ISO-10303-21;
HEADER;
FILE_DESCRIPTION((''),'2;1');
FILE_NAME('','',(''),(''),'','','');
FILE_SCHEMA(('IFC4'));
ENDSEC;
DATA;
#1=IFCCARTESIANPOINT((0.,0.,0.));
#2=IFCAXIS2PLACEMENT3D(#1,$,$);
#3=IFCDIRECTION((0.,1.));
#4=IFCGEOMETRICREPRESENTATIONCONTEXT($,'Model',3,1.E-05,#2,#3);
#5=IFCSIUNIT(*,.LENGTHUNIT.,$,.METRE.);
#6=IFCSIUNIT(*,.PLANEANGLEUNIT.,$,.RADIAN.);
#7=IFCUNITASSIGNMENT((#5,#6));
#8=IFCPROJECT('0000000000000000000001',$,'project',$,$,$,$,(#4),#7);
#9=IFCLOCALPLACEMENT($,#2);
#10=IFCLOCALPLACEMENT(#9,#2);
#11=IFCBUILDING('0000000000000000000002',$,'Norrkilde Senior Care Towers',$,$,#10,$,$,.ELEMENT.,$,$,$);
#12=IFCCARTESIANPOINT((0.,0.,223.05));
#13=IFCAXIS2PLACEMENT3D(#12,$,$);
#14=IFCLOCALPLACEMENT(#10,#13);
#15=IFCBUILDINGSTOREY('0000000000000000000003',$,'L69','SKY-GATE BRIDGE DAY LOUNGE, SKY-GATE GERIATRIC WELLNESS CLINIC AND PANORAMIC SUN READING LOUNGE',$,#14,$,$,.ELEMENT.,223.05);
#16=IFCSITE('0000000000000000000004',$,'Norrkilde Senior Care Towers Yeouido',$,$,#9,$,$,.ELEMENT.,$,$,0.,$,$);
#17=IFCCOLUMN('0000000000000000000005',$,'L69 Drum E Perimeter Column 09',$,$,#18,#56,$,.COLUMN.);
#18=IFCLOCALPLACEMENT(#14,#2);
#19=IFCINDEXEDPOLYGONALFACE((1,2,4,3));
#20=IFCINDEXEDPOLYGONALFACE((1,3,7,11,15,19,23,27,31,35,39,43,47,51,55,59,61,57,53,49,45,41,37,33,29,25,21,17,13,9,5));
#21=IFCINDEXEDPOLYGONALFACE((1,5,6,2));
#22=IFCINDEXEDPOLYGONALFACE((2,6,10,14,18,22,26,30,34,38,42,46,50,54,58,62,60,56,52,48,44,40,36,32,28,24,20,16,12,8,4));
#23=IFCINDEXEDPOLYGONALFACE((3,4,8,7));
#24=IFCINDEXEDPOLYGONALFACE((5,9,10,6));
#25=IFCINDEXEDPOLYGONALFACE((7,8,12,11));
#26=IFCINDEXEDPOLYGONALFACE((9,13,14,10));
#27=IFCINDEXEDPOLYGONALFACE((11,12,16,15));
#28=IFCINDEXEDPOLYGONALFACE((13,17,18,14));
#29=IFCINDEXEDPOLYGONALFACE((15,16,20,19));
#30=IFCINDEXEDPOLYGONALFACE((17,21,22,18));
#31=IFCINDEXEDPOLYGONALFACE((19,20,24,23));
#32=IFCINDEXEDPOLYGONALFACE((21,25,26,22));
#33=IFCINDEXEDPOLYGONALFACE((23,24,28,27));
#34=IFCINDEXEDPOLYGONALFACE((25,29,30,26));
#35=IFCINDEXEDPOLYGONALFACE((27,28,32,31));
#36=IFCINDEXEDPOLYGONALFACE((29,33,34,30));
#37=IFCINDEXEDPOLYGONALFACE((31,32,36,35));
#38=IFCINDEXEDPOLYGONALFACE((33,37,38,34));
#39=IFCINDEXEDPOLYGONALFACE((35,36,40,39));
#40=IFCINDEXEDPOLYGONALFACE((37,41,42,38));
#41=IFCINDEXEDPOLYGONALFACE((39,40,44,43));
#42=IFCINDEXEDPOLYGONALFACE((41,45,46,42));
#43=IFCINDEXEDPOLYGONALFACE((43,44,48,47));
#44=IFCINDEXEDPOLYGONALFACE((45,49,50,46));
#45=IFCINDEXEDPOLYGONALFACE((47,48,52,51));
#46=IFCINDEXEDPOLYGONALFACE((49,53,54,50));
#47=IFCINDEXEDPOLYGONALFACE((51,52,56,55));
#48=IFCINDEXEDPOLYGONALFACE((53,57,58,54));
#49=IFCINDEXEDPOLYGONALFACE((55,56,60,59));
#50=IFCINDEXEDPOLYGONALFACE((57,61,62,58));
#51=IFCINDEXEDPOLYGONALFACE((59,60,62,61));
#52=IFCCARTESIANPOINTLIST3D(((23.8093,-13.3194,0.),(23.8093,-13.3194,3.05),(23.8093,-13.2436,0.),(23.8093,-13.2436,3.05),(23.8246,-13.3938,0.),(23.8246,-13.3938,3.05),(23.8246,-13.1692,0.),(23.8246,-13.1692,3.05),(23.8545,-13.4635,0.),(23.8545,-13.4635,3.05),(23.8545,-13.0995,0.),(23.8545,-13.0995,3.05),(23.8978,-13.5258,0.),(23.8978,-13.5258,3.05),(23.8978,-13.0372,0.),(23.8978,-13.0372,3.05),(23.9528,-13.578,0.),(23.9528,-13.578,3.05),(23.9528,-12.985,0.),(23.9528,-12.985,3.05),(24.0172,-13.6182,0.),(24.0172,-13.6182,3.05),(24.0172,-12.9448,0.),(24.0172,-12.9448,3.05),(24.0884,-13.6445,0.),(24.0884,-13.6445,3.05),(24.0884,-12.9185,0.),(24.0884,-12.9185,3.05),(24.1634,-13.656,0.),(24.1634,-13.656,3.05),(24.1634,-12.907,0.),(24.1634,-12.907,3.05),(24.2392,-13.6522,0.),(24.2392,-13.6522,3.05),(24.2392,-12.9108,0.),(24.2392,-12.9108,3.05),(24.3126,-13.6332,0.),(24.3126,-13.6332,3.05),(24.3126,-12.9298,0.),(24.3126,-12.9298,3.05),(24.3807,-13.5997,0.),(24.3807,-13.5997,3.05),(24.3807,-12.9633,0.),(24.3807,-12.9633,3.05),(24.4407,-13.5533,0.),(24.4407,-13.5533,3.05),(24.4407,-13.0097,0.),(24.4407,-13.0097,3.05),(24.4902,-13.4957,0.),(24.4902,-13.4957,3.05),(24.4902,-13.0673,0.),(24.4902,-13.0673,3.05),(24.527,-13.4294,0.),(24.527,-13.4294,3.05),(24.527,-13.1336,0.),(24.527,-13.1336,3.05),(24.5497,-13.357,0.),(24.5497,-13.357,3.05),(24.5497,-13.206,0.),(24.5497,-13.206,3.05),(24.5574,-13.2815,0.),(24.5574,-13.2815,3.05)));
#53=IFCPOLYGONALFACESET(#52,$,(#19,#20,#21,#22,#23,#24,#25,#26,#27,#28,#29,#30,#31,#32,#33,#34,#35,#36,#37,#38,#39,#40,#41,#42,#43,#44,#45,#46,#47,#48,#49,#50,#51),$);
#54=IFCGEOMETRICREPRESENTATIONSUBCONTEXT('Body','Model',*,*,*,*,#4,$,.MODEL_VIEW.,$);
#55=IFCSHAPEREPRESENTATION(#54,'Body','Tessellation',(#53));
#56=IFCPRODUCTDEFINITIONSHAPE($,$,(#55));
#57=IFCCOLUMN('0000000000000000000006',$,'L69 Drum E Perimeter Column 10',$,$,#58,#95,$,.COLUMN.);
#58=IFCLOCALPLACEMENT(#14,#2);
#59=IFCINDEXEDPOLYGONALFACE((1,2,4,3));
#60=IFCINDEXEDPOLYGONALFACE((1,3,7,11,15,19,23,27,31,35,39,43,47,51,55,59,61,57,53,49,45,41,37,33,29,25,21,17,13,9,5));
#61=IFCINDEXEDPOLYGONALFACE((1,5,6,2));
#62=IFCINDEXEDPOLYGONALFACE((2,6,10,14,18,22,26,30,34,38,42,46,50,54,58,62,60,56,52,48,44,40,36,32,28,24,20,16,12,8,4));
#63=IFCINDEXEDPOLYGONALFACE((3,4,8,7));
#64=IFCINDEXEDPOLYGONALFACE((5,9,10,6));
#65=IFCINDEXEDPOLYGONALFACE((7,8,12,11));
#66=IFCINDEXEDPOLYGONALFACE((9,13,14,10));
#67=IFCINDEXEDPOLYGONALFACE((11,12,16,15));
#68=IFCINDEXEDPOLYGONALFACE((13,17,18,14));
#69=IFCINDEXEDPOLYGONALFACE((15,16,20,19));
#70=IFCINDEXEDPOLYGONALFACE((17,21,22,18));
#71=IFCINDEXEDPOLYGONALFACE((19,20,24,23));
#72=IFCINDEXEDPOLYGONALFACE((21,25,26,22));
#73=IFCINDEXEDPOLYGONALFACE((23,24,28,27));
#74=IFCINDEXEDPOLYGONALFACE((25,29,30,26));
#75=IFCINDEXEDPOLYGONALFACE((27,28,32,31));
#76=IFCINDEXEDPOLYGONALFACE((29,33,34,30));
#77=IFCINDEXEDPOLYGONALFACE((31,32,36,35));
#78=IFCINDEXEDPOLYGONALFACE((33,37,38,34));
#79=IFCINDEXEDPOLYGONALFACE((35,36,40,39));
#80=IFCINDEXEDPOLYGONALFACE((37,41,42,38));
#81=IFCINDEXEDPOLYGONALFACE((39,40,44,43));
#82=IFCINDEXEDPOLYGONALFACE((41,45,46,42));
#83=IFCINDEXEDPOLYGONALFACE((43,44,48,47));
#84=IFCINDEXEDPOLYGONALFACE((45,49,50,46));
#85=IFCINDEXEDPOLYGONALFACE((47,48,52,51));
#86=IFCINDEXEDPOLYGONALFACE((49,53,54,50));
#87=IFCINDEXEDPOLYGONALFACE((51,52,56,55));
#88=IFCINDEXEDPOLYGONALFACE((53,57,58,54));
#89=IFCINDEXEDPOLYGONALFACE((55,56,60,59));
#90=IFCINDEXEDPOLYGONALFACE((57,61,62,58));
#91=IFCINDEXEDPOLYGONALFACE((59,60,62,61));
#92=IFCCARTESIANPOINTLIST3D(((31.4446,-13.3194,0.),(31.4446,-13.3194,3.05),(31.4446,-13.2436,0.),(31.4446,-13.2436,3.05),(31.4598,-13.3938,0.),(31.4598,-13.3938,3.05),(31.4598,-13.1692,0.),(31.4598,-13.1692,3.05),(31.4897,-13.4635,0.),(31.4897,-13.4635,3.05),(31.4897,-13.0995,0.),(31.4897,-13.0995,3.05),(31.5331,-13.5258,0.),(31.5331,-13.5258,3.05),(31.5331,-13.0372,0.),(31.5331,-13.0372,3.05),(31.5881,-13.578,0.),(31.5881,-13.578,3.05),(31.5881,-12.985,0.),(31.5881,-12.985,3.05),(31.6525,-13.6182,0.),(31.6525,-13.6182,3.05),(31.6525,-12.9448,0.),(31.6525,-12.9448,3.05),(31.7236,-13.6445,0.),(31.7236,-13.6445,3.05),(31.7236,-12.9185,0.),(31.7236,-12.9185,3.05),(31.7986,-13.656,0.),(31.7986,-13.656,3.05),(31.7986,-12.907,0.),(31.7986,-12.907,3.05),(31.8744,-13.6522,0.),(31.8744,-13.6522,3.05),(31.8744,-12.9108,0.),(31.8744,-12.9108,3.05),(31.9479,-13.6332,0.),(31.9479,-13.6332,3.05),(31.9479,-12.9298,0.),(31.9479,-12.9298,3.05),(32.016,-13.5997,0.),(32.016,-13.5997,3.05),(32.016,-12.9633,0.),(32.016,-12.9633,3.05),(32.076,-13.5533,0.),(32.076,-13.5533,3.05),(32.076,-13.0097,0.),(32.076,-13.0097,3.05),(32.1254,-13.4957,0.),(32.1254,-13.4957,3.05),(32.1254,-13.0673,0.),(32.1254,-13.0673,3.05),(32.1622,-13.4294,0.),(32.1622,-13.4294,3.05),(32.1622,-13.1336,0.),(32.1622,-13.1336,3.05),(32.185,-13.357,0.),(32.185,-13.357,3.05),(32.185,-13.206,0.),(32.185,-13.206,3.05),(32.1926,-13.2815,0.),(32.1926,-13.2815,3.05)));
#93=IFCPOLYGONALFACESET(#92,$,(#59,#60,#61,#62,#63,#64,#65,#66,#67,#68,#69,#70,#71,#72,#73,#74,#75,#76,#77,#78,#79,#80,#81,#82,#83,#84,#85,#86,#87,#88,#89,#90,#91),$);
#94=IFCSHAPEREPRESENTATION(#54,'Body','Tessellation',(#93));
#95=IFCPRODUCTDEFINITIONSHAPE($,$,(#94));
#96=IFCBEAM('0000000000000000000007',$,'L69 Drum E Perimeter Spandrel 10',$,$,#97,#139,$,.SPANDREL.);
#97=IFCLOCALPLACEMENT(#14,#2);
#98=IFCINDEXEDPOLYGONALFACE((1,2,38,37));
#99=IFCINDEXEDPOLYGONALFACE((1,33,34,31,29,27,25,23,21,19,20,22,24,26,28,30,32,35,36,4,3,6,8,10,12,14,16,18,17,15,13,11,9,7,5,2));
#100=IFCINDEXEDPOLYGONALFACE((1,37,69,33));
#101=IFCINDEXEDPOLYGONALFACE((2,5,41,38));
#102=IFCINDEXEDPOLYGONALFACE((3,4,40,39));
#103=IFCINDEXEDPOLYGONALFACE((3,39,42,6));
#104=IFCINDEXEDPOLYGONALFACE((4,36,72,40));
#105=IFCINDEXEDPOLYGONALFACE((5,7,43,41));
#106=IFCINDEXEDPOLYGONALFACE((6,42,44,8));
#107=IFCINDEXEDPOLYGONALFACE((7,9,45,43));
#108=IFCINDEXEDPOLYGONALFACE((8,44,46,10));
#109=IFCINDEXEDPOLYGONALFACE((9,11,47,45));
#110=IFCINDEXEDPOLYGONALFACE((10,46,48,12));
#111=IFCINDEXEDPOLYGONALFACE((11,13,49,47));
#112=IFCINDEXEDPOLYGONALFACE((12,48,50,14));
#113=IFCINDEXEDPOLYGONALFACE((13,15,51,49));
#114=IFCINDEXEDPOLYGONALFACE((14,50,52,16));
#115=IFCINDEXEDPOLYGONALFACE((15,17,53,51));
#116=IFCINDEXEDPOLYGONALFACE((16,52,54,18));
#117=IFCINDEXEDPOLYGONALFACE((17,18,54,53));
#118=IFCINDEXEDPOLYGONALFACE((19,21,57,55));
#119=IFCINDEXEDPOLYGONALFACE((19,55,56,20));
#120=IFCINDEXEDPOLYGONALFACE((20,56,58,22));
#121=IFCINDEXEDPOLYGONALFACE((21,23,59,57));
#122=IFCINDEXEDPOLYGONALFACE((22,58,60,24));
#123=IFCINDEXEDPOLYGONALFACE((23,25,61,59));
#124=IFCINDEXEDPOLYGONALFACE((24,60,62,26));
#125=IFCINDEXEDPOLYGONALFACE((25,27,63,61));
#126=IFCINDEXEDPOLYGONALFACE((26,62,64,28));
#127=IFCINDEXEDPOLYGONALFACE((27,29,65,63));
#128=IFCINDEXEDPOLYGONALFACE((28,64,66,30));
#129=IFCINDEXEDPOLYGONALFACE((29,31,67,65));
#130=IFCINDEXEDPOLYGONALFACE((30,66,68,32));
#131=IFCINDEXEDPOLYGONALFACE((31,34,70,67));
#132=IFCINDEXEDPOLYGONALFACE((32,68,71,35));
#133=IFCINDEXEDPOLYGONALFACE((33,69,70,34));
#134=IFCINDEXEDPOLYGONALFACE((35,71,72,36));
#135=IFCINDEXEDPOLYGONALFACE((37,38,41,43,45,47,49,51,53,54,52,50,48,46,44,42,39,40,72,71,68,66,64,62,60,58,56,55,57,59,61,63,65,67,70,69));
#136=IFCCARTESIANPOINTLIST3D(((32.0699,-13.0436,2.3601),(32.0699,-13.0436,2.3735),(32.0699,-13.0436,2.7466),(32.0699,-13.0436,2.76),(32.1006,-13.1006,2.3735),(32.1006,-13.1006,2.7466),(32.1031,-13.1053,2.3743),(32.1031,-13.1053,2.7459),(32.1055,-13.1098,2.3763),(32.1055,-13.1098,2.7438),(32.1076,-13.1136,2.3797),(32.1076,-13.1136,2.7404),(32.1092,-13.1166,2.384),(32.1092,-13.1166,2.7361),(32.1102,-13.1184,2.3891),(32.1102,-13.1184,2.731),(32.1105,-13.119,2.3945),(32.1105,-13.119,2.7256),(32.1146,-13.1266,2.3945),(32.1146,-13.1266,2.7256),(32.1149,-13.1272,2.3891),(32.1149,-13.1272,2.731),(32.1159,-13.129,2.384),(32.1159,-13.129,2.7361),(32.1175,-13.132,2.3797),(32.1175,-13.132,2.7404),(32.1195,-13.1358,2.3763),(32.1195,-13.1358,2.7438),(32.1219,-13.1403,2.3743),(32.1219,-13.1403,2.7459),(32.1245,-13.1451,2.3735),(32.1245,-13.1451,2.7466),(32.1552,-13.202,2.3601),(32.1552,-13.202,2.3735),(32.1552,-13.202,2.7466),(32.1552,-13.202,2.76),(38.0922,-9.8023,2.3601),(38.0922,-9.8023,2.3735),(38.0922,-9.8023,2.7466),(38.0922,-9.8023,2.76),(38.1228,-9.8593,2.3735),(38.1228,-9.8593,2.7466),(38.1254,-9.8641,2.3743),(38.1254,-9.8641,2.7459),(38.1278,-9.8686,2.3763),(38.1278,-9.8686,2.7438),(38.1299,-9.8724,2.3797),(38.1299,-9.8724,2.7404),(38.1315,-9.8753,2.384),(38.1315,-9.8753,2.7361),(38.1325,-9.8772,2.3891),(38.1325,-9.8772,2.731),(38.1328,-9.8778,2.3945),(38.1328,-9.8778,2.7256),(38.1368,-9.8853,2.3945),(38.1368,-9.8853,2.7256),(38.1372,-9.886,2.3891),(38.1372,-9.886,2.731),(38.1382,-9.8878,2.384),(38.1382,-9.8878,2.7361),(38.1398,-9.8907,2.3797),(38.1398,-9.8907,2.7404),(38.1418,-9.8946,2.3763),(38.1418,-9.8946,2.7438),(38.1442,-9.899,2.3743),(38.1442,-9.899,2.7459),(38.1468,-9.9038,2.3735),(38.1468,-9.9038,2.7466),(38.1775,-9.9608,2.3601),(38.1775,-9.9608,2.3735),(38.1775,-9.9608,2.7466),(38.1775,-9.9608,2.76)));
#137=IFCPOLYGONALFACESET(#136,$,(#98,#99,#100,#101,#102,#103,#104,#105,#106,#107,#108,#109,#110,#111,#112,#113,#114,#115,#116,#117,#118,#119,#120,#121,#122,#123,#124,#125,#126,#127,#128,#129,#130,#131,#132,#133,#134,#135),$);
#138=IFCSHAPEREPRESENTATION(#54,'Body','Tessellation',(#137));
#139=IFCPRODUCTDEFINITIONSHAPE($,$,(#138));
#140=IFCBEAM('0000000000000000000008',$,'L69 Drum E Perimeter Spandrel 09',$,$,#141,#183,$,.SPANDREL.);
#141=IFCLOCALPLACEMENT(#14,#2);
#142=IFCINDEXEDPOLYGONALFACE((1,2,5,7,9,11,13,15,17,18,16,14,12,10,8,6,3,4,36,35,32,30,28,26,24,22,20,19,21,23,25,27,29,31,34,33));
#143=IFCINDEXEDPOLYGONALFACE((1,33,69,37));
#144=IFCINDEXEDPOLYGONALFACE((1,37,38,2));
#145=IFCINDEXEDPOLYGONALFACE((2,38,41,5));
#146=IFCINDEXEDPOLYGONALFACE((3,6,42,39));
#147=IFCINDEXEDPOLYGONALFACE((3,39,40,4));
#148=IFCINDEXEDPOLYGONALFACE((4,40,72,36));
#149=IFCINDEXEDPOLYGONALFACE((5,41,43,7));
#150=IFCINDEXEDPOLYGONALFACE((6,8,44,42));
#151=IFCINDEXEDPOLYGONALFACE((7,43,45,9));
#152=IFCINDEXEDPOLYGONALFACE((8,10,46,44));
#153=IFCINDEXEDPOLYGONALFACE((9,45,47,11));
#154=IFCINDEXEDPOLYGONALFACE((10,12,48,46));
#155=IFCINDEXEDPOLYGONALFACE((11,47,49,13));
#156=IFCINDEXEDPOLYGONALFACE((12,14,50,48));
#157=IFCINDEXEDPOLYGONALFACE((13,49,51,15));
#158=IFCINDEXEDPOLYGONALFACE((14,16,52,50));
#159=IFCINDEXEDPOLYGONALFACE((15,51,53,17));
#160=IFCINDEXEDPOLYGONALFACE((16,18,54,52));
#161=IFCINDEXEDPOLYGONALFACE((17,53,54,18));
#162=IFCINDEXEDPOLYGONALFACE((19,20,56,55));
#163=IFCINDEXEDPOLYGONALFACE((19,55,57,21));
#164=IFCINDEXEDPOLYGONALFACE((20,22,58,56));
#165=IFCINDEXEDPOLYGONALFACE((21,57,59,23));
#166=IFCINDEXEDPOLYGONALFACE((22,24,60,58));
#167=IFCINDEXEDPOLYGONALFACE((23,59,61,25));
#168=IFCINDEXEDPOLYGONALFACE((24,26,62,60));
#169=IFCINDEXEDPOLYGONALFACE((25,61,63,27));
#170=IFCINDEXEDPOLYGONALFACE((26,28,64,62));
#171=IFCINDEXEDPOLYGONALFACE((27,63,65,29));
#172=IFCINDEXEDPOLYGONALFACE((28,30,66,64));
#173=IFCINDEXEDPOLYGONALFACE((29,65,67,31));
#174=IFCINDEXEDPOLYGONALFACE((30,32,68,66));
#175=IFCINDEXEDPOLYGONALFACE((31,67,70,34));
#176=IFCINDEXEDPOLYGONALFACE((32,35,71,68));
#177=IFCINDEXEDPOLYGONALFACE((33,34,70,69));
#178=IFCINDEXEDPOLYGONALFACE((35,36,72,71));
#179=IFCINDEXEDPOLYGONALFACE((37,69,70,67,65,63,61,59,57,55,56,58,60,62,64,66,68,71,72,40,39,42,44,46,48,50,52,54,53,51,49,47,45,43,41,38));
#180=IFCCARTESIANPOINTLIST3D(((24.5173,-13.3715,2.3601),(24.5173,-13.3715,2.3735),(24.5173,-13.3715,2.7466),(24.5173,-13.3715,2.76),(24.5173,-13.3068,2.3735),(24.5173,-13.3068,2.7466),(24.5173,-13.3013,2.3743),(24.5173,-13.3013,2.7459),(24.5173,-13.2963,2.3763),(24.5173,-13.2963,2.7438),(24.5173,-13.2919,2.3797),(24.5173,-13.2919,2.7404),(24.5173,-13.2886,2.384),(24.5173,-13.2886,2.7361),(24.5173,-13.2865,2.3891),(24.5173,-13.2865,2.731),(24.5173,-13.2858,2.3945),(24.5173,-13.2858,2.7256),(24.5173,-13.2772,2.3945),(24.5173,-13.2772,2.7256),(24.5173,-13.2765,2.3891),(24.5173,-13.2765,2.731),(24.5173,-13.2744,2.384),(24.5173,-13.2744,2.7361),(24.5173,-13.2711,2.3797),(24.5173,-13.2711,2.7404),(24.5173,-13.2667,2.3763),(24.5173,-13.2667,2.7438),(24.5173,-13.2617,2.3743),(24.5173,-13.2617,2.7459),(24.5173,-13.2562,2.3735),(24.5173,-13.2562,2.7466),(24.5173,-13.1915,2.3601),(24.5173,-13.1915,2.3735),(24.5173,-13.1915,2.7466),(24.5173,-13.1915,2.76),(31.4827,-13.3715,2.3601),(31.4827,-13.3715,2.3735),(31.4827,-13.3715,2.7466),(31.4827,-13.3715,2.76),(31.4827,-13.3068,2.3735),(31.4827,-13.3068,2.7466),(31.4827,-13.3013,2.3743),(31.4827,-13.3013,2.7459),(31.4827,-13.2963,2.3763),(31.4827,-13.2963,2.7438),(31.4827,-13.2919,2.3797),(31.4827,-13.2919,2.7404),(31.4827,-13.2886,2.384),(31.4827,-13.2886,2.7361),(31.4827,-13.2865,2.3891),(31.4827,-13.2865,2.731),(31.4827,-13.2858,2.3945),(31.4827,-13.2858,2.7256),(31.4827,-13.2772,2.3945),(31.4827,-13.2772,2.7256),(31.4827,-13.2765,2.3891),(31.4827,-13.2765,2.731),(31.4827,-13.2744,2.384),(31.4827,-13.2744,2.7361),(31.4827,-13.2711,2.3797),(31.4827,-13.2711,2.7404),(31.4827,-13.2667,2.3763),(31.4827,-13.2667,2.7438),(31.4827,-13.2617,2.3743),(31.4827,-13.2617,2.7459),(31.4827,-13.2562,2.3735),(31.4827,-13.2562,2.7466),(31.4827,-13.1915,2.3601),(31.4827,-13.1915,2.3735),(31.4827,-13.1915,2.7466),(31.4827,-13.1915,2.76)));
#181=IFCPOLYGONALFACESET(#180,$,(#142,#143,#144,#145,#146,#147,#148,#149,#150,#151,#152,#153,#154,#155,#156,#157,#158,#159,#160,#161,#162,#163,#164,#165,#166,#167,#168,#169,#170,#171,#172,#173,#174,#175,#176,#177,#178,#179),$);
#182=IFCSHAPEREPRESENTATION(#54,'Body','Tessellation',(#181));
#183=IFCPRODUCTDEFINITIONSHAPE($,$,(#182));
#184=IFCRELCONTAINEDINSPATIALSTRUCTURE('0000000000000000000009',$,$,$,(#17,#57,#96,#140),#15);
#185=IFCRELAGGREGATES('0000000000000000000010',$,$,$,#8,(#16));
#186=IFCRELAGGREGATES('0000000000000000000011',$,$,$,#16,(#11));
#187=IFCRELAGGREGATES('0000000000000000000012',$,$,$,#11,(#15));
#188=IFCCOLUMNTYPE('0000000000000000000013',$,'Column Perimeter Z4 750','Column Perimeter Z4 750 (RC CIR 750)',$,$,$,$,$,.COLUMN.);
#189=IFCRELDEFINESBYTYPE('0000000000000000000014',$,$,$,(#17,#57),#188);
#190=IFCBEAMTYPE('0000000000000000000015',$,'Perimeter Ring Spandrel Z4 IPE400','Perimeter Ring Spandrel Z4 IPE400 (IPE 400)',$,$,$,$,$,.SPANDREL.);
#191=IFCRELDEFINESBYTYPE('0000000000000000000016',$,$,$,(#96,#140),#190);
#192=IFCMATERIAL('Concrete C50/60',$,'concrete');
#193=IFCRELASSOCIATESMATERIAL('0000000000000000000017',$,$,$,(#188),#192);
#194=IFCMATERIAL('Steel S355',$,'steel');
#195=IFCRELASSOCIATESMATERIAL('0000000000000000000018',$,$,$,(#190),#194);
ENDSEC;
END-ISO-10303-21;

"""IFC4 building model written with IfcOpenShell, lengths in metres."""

from ifc_helpers import new_model, si_unit, direction, frame, origin, origin_2d, place, context, subcontext, project, spatial, circle, i_section, extrude, source, transform, mapped, material, material_profile, profile_set, type_object, type_shapes, element, save


model = new_model("IFC4")

# Units and contexts
model_context = context("Model", 3, precision=1e-05, world=origin(), true_north=direction((0.0, 1.0)))
body_context = subcontext(model_context, "Body", "Model", "MODEL_VIEW")
ifc_project = project(units=[si_unit("LENGTHUNIT", "METRE"), si_unit("PLANEANGLEUNIT", "RADIAN")], contexts=[model_context])

# Site, building, storey
site_placement = place(None, origin())
site = spatial("IfcSite", under=ifc_project, at=site_placement, Name="Norrkilde Senior Care Towers Yeouido", CompositionType="ELEMENT", RefElevation=0.0)
building_placement = place(site_placement, origin())
building = spatial("IfcBuilding", under=site, at=building_placement, Name="Norrkilde Senior Care Towers", CompositionType="ELEMENT")
storey_placement = place(building_placement, frame((0.0, 0.0, 223.05)))
storey = spatial("IfcBuildingStorey", under=building, at=storey_placement, Name="L69", Description="SKY-GATE BRIDGE DAY LOUNGE, SKY-GATE GERIATRIC WELLNESS CLINIC AND PANORAMIC SUN READING LOUNGE", CompositionType="ELEMENT", Elevation=223.05)

# Columns
ifc_material_1 = material(Name="Concrete C50/60", Category="concrete")
ifc_material_profile_1 = material_profile(ifc_material_1, circle(Radius=0.375, at=origin_2d()), Name="RC CIR 750")
ifc_profile_set_1 = profile_set([ifc_material_profile_1], Name="Concrete C50/60")
column_type = type_object("IfcColumnType", Name="Column Perimeter Z4 750", Description="Column Perimeter Z4 750 (RC CIR 750)", PredefinedType="COLUMN", material=ifc_profile_set_1)
shared_shape_1 = source(origin(), body_context, "Body", "SweptSolid", [
    extrude(circle(Radius=0.375, at=origin_2d()), origin(), (0.0, 0.0, 1.0), 3.05),
])
type_shapes(column_type, [shared_shape_1])
for number, where, z_axis, x_axis, name in (
    (1, (24.1824, -13.2815, 0.0), (0.0, 0.0, 1.0), (1.0, 0.0, 0.0), "L69 Drum E Perimeter Column 09"),
    (2, (31.8176, -13.2815, 0.0), (0.0, 0.0, 1.0), (1.0, 0.0, 0.0), "L69 Drum E Perimeter Column 10"),
):
    element("IfcColumn", number, at=place(storey_placement, frame(where, z_axis=z_axis, x_axis=x_axis)), inside=storey, type_object=column_type, Name=name, PredefinedType="COLUMN", context=body_context, shape_type="MappedRepresentation", body=[
        mapped(shared_shape_1, transform((0.0, 0.0, 0.0), x_axis=(1.0, 0.0, 0.0), y_axis=(0.0, 1.0, 0.0), z_axis=(0.0, 0.0, 1.0), scale=1.0)),
    ])

# Beams
ifc_material_2 = material(Name="Steel S355", Category="steel")
ifc_material_profile_2 = material_profile(ifc_material_2, i_section(OverallWidth=0.1799, OverallDepth=0.3999, WebThickness=0.0085, FlangeThickness=0.0134, FilletRadius=0.021, at=origin_2d()), Name="IPE 400")
ifc_profile_set_2 = profile_set([ifc_material_profile_2], Name="Steel S355")
beam_type_1 = type_object("IfcBeamType", Name="Perimeter Ring Spandrel Z4 IPE400", Description="Perimeter Ring Spandrel Z4 IPE400 (IPE 400)", PredefinedType="SPANDREL", material=ifc_profile_set_2)
shared_shape_2 = source(origin(), body_context, "Body", "SweptSolid", [
    extrude(i_section(OverallWidth=0.1799, OverallDepth=0.3999, WebThickness=0.0085, FlangeThickness=0.0134, FilletRadius=0.021, at=origin_2d()), origin(), (0.0, 0.0, 1.0), 6.8391),
])
beam_1_placement = place(storey_placement, frame((32.1125, -13.1228, 2.5601), z_axis=(0.880564, 0.473927, 0.0), x_axis=(-0.473927, 0.880564, 0.0)))
element("IfcBeam", 3, at=beam_1_placement, inside=storey, type_object=beam_type_1, Name="L69 Drum E Perimeter Spandrel 10", PredefinedType="SPANDREL", context=body_context, shape_type="MappedRepresentation", body=[
    mapped(shared_shape_2, transform((0.0, 0.0, 0.0), x_axis=(1.0, 0.0, 0.0), y_axis=(0.0, 1.0, 0.0), z_axis=(0.0, 0.0, 1.0), scale=1.0)),
])
shared_shape_3 = source(origin(), body_context, "Body", "SweptSolid", [
    extrude(i_section(OverallWidth=0.1799, OverallDepth=0.3999, WebThickness=0.0085, FlangeThickness=0.0134, FilletRadius=0.021, at=origin_2d()), origin(), (0.0, 0.0, 1.0), 6.9653),
])
type_shapes(beam_type_1, [shared_shape_2, shared_shape_3])
beam_2_placement = place(storey_placement, frame((24.5173, -13.2815, 2.5601), z_axis=(1.0, 0.0, 0.0), x_axis=(0.0, 1.0, 0.0)))
element("IfcBeam", 4, at=beam_2_placement, inside=storey, type_object=beam_type_1, Name="L69 Drum E Perimeter Spandrel 09", PredefinedType="SPANDREL", context=body_context, shape_type="MappedRepresentation", body=[
    mapped(shared_shape_3, transform((0.0, 0.0, 0.0), x_axis=(1.0, 0.0, 0.0), y_axis=(0.0, 1.0, 0.0), z_axis=(0.0, 0.0, 1.0), scale=1.0)),
])

save(model, "model.ifc")
